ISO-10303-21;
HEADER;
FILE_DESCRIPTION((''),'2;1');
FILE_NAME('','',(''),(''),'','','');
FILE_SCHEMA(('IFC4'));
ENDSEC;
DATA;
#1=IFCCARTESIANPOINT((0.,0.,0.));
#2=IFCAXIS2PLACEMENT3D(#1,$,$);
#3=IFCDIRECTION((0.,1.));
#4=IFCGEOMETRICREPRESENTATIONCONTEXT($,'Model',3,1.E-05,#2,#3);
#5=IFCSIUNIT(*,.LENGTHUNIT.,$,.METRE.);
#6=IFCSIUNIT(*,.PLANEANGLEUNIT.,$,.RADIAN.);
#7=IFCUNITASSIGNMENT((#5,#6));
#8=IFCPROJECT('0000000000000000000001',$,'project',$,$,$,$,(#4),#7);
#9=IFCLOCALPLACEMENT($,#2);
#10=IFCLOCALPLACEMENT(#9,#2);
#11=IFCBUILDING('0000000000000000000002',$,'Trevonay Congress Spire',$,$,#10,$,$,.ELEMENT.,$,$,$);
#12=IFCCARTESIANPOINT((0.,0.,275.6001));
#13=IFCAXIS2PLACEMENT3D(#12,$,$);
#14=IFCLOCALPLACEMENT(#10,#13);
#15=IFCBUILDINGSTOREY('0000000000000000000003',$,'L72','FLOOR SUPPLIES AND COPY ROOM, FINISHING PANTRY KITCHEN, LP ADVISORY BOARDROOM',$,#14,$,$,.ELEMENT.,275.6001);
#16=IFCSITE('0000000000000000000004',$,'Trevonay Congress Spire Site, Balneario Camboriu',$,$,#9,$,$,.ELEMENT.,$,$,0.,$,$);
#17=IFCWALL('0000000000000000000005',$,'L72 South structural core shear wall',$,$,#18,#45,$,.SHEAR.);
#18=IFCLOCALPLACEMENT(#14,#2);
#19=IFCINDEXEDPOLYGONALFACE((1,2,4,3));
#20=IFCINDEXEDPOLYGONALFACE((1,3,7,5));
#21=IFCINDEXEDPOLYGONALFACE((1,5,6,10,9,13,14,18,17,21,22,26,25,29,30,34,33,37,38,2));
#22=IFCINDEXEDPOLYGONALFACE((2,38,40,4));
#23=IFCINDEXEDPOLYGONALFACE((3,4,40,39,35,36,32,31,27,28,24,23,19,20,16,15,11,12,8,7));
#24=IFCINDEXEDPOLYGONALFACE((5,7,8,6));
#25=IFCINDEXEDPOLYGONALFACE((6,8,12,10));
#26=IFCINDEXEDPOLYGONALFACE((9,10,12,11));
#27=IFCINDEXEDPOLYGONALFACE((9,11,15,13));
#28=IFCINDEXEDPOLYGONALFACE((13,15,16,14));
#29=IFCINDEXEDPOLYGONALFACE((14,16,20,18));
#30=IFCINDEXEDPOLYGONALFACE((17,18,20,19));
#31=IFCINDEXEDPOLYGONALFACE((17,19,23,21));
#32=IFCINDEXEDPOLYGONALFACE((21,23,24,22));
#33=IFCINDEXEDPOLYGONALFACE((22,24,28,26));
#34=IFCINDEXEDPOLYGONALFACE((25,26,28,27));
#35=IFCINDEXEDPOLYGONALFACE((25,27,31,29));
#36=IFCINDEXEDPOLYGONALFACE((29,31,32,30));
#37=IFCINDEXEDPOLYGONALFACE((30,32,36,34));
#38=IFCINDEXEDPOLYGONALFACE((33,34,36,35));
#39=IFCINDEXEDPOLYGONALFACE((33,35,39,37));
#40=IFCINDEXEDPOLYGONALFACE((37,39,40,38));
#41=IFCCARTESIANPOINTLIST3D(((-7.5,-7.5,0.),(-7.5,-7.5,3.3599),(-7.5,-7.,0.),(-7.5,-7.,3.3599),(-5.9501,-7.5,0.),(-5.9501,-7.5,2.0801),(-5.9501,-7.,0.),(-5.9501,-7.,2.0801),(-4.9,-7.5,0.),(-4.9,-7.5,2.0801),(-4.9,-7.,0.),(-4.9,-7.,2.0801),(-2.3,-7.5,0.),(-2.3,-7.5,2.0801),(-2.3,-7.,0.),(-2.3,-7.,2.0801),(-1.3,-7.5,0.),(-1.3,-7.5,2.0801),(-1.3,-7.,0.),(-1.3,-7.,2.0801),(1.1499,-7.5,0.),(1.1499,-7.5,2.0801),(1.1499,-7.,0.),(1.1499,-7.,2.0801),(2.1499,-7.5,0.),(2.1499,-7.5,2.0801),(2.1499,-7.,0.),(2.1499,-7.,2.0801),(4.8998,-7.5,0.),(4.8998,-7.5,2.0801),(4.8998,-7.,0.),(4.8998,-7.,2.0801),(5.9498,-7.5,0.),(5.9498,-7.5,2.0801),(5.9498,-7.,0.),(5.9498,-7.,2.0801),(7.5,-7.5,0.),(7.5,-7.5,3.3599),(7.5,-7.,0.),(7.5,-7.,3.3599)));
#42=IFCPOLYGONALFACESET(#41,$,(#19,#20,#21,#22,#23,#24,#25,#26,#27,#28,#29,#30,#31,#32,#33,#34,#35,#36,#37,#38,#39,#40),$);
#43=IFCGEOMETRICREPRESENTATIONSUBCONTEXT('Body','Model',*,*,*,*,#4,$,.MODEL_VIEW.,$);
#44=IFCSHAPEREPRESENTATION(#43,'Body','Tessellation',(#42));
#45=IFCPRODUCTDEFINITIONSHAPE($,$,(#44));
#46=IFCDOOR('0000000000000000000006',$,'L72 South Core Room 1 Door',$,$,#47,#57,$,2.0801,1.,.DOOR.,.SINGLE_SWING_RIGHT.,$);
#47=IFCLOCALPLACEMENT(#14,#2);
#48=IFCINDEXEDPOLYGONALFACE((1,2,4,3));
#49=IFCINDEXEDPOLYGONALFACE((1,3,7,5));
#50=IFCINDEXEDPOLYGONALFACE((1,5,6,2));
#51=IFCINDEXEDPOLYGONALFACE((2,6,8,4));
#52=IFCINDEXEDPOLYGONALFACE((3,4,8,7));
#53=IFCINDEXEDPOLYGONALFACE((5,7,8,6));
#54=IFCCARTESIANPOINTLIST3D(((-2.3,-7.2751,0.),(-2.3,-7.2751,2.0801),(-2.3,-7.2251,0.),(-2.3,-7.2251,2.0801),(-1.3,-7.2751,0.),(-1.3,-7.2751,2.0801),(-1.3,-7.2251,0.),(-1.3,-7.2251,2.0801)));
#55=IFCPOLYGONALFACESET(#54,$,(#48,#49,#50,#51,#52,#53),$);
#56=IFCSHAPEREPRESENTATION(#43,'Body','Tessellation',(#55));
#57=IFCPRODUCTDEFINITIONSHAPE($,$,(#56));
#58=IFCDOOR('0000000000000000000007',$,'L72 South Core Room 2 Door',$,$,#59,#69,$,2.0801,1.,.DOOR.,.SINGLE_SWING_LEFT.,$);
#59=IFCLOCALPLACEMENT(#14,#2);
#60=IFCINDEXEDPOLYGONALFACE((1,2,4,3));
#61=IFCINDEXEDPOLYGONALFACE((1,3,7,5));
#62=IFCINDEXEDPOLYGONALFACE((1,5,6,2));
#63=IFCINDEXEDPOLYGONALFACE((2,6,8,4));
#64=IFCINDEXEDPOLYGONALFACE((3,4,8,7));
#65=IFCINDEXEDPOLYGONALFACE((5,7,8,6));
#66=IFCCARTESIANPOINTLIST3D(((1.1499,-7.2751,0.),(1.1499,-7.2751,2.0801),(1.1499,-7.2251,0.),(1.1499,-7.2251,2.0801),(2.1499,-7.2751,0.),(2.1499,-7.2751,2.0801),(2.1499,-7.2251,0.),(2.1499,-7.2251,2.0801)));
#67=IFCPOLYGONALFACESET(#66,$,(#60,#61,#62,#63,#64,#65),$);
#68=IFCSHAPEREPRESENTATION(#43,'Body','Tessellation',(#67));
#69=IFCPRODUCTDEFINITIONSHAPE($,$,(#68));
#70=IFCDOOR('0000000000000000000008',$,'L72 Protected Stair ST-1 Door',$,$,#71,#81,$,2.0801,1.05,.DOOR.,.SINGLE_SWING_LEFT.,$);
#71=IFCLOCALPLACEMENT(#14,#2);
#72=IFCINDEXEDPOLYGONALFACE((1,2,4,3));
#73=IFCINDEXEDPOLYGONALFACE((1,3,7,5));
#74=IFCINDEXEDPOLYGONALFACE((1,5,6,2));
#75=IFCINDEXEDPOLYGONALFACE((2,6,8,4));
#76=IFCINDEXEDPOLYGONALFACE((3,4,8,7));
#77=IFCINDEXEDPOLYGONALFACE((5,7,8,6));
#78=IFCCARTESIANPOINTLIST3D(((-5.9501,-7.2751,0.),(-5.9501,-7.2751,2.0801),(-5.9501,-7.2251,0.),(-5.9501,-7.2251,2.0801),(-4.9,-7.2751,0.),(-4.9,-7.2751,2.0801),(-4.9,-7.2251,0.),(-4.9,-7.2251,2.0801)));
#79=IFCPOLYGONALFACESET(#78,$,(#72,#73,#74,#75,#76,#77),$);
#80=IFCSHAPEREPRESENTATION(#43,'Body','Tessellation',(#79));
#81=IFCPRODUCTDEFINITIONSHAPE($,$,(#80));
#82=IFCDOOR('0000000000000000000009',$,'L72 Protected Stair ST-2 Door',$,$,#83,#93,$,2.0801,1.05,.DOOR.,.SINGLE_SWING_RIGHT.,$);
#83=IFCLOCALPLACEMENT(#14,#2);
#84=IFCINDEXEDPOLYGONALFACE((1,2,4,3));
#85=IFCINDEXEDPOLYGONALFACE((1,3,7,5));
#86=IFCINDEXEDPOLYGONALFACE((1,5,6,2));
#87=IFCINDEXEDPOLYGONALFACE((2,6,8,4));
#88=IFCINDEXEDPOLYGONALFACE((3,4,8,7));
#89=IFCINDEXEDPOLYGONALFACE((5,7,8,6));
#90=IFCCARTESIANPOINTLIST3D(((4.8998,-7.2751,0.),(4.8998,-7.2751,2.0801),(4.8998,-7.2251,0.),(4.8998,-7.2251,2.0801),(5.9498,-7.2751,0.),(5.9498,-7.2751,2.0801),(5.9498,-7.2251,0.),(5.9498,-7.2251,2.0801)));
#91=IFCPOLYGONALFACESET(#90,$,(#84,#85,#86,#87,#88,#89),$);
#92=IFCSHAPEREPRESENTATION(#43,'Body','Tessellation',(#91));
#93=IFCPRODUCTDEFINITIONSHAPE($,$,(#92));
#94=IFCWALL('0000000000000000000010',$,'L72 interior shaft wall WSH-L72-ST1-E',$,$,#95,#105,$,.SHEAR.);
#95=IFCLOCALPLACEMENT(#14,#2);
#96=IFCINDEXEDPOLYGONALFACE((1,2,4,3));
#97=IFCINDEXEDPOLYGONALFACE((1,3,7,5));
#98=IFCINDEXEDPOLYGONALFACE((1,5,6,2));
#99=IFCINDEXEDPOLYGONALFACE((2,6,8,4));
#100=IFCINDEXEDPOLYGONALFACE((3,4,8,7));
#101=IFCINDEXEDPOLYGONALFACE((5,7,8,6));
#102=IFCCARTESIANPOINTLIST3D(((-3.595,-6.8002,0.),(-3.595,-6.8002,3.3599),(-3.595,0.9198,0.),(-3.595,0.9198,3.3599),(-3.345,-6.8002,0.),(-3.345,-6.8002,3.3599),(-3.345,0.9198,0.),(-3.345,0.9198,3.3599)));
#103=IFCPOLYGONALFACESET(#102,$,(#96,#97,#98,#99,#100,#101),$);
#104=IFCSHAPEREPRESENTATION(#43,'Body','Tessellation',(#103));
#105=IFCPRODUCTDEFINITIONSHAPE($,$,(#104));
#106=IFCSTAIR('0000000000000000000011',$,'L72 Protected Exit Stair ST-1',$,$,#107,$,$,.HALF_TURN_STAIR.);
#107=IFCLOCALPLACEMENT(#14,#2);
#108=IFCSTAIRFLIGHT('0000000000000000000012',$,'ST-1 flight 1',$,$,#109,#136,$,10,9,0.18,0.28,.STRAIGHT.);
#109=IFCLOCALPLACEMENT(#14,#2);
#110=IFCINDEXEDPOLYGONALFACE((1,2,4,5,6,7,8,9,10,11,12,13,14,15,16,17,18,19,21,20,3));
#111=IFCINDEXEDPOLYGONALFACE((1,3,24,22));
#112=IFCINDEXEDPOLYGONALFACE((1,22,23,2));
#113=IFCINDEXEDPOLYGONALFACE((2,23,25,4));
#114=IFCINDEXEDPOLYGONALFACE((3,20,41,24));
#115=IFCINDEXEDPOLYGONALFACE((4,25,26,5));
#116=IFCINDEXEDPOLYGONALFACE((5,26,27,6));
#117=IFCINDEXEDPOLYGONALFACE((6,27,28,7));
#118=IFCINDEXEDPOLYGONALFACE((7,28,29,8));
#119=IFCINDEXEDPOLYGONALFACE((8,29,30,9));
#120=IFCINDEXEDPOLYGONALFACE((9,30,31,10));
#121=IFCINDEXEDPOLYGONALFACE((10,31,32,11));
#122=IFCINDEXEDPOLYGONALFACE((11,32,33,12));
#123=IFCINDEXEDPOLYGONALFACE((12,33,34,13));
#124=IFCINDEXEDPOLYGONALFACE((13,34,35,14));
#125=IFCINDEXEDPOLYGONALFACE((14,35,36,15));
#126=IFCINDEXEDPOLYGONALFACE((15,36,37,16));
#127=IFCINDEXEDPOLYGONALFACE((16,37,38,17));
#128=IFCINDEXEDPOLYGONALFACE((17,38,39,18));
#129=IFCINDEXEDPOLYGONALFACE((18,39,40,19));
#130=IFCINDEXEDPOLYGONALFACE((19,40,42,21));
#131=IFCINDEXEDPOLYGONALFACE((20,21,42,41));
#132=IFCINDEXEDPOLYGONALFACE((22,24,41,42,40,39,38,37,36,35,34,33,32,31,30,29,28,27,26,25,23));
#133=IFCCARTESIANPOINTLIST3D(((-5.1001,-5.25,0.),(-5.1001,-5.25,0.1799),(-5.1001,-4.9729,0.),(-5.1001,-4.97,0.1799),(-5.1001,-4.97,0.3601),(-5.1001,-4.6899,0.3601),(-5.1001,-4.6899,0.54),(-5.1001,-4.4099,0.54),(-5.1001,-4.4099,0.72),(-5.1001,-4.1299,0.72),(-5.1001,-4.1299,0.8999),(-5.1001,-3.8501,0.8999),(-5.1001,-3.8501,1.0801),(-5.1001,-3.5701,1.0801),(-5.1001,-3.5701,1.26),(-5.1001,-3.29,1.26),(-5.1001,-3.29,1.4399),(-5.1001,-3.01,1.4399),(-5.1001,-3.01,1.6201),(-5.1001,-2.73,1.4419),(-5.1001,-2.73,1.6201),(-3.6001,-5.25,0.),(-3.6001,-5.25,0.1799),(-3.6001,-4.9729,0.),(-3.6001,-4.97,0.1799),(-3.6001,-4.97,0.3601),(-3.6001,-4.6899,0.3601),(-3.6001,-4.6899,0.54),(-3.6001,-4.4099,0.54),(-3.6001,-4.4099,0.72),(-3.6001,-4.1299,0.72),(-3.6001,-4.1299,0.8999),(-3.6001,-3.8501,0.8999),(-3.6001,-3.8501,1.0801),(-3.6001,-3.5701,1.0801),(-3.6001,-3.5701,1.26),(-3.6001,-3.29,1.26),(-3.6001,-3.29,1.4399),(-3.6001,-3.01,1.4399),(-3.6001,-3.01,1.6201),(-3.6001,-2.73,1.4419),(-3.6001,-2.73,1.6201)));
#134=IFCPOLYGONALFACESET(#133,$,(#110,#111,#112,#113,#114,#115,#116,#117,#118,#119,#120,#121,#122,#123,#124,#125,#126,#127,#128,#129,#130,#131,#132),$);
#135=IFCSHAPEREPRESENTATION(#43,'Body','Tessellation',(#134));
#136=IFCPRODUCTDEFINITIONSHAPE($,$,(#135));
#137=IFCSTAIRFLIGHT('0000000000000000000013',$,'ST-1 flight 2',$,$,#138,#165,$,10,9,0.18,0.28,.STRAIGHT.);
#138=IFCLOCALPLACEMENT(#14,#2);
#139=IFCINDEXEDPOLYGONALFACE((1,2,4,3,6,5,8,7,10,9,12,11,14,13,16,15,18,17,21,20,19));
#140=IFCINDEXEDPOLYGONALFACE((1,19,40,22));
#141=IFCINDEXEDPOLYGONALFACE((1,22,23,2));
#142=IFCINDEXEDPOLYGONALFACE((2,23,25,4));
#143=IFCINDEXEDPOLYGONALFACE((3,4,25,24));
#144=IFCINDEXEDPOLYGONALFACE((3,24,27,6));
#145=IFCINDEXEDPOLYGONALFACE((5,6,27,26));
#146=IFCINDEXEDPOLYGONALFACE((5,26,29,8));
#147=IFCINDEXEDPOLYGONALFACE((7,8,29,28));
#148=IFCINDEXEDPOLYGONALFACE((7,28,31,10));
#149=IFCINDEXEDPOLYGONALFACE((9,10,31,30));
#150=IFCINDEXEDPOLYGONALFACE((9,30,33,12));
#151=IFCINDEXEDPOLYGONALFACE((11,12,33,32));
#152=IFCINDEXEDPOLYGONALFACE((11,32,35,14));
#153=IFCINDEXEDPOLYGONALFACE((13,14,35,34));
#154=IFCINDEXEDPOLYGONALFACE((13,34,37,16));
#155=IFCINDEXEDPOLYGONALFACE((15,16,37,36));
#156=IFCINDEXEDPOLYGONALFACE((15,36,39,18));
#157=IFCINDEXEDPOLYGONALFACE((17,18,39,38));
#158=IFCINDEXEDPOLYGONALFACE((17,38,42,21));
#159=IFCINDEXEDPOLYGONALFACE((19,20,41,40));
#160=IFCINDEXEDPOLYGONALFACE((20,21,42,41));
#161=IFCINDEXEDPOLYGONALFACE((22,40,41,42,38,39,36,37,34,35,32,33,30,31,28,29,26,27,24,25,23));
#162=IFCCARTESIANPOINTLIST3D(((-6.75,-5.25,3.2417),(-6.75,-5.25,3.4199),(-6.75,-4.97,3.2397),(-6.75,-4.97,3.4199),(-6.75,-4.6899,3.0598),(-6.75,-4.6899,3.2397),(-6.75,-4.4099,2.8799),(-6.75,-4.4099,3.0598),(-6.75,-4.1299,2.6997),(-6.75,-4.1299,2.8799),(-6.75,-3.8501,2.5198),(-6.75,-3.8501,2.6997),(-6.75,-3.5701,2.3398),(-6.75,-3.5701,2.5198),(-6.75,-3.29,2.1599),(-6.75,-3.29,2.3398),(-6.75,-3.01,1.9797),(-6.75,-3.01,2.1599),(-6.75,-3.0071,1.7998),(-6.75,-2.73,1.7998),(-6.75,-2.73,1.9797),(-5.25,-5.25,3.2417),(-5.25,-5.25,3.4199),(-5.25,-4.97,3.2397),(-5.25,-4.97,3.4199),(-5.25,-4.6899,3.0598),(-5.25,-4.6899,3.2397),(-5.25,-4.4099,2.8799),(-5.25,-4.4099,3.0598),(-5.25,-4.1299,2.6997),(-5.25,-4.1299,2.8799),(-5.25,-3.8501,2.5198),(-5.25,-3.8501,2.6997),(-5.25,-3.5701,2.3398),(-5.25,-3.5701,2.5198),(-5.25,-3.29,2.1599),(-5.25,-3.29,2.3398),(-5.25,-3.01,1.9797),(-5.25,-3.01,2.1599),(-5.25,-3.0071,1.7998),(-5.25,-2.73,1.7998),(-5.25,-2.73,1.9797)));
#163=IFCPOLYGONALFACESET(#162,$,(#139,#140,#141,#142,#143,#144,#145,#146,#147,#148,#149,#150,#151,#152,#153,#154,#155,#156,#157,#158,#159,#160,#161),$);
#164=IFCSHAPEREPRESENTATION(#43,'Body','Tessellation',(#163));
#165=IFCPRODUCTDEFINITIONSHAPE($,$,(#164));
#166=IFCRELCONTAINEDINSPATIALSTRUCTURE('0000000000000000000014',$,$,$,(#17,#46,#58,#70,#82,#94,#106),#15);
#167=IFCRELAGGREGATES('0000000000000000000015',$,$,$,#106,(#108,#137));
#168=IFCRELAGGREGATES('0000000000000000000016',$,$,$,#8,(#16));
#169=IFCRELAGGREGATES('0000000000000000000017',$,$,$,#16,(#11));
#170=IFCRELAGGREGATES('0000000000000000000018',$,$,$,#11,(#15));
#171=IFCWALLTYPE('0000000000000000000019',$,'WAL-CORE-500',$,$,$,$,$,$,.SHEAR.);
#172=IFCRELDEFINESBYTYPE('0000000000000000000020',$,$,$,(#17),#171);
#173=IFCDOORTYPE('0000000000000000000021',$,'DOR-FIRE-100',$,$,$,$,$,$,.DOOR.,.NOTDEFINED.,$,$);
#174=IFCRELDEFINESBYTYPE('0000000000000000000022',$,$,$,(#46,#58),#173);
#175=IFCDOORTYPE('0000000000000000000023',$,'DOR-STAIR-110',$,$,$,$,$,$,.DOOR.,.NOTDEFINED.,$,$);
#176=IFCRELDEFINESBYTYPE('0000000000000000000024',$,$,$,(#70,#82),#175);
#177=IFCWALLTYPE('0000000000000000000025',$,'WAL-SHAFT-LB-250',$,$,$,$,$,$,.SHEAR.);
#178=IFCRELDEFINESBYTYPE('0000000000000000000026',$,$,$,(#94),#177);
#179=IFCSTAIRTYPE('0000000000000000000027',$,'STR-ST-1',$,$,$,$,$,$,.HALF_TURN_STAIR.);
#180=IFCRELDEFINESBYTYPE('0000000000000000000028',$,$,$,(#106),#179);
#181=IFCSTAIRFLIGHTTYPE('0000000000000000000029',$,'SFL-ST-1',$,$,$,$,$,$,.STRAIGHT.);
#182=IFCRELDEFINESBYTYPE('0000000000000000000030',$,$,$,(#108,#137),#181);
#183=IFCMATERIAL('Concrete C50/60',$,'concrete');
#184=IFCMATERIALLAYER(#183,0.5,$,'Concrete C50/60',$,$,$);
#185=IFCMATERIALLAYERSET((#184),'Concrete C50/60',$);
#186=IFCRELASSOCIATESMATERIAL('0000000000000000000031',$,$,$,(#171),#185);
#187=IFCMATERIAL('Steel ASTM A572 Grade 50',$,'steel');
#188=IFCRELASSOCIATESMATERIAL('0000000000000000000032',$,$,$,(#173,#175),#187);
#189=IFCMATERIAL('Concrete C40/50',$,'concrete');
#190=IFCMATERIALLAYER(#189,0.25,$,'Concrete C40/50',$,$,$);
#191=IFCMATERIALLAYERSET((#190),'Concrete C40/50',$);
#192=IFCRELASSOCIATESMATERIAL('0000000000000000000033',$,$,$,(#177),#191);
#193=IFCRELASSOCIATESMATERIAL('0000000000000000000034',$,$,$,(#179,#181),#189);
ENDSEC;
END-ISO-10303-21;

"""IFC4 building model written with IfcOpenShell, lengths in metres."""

from ifc_helpers import new_model, si_unit, direction, frame, frame_2d, origin, place, context, subcontext, project, spatial, polyline, rectangle, outline, extrude, material, layer, layer_set, type_object, element, fill, aggregate, save


model = new_model("IFC4")

# Units and contexts
model_context = context("Model", 3, precision=1e-05, world=origin(), true_north=direction((0.0, 1.0)))
body_context = subcontext(model_context, "Body", "Model", "MODEL_VIEW")
ifc_project = project(units=[si_unit("LENGTHUNIT", "METRE"), si_unit("PLANEANGLEUNIT", "RADIAN")], contexts=[model_context])

# Site, building, storey
site_placement = place(None, origin())
site = spatial("IfcSite", under=ifc_project, at=site_placement, Name="Trevonay Congress Spire Site, Balneario Camboriu", CompositionType="ELEMENT", RefElevation=0.0)
building_placement = place(site_placement, origin())
building = spatial("IfcBuilding", under=site, at=building_placement, Name="Trevonay Congress Spire", CompositionType="ELEMENT")
storey_placement = place(building_placement, frame((0.0, 0.0, 275.6001)))
storey = spatial("IfcBuildingStorey", under=building, at=storey_placement, Name="L72", Description="FLOOR SUPPLIES AND COPY ROOM, FINISHING PANTRY KITCHEN, LP ADVISORY BOARDROOM", CompositionType="ELEMENT", Elevation=275.6001)

# Shared definitions
ifc_material_1 = material(Name="Steel ASTM A572 Grade 50", Category="steel")

# Shared definitions
ifc_material_2 = material(Name="Concrete C40/50", Category="concrete")

# Wall, openings, doors
ifc_material_3 = material(Name="Concrete C50/60", Category="concrete")
ifc_layer_1 = layer(ifc_material_3, 0.5, Name="Concrete C50/60")
ifc_layer_set_1 = layer_set([ifc_layer_1], Name="Concrete C50/60")
wall_type_1 = type_object("IfcWallType", Name="WAL-CORE-500", PredefinedType="SHEAR", material=ifc_layer_set_1)
wall_1_placement = place(storey_placement, frame((-7.5, -7.25, 0.0), z_axis=(0.0, 0.0, 1.0), x_axis=(1.0, 0.0, 0.0)))
wall_1 = element("IfcWall", 1, at=wall_1_placement, inside=storey, type_object=wall_type_1, Name="L72 South structural core shear wall", PredefinedType="SHEAR", context=body_context, shape_type="SweptSolid", body=[
    extrude(rectangle(XDim=15.0, YDim=0.5, at=frame_2d((7.5, 0.0))), origin(), (0.0, 0.0, 1.0), 3.3599),
])
opening_1_placement = place(wall_1_placement, frame((1.55, 0.0, 0.0)))
opening_1 = element("IfcOpeningElement", 2, at=opening_1_placement, cuts=wall_1, PredefinedType="OPENING", context=body_context, shape_type="SweptSolid", body=[
    extrude(rectangle(XDim=1.05, YDim=2.0801, at=frame_2d((0.5249, 1.04))), frame((0.0, 0.26, 0.0), z_axis=(0.0, -1.0, 0.0), x_axis=(1.0, 0.0, 0.0)), (0.0, 0.0, 1.0), 0.52),
])
opening_2_placement = place(wall_1_placement, frame((12.3999, 0.0, 0.0)))
opening_2 = element("IfcOpeningElement", 3, at=opening_2_placement, cuts=wall_1, PredefinedType="OPENING", context=body_context, shape_type="SweptSolid", body=[
    extrude(rectangle(XDim=1.05, YDim=2.0801, at=frame_2d((0.5249, 1.04))), frame((0.0, 0.26, 0.0), z_axis=(0.0, -1.0, 0.0), x_axis=(1.0, 0.0, 0.0)), (0.0, 0.0, 1.0), 0.52),
])
opening_3_placement = place(wall_1_placement, frame((5.2, 0.0, 0.0)))
opening_3 = element("IfcOpeningElement", 4, at=opening_3_placement, cuts=wall_1, PredefinedType="OPENING", context=body_context, shape_type="SweptSolid", body=[
    extrude(rectangle(XDim=1.0, YDim=2.0801, at=frame_2d((0.5, 1.04))), frame((0.0, 0.26, 0.0), z_axis=(0.0, -1.0, 0.0), x_axis=(1.0, 0.0, 0.0)), (0.0, 0.0, 1.0), 0.52),
])
opening_4_placement = place(wall_1_placement, frame((8.6499, 0.0, 0.0)))
opening_4 = element("IfcOpeningElement", 5, at=opening_4_placement, cuts=wall_1, PredefinedType="OPENING", context=body_context, shape_type="SweptSolid", body=[
    extrude(rectangle(XDim=1.0, YDim=2.0801, at=frame_2d((0.5, 1.04))), frame((0.0, 0.26, 0.0), z_axis=(0.0, -1.0, 0.0), x_axis=(1.0, 0.0, 0.0)), (0.0, 0.0, 1.0), 0.52),
])
door_type_1 = type_object("IfcDoorType", Name="DOR-FIRE-100", OperationType="NOTDEFINED", PredefinedType="DOOR", material=ifc_material_1)
door_1_placement = place(opening_3_placement, origin())
door_1 = element("IfcDoor", 6, at=door_1_placement, inside=storey, type_object=door_type_1, Name="L72 South Core Room 1 Door", OperationType="SINGLE_SWING_RIGHT", OverallHeight=2.0801, OverallWidth=1.0, PredefinedType="DOOR", context=body_context, shape_type="SweptSolid", body=[
    extrude(rectangle(XDim=1.0, YDim=2.0801, at=frame_2d((0.5, 1.04))), frame((0.0, 0.0249, 0.0), z_axis=(0.0, -1.0, 0.0), x_axis=(1.0, 0.0, 0.0)), (0.0, 0.0, 1.0), 0.05),
])
fill(opening_3, door_1)
door_2_placement = place(opening_4_placement, origin())
door_2 = element("IfcDoor", 7, at=door_2_placement, inside=storey, type_object=door_type_1, Name="L72 South Core Room 2 Door", OperationType="SINGLE_SWING_LEFT", OverallHeight=2.0801, OverallWidth=1.0, PredefinedType="DOOR", context=body_context, shape_type="SweptSolid", body=[
    extrude(rectangle(XDim=1.0, YDim=2.0801, at=frame_2d((0.5, 1.04))), frame((0.0, 0.0249, 0.0), z_axis=(0.0, -1.0, 0.0), x_axis=(1.0, 0.0, 0.0)), (0.0, 0.0, 1.0), 0.05),
])
fill(opening_4, door_2)
door_type_2 = type_object("IfcDoorType", Name="DOR-STAIR-110", OperationType="NOTDEFINED", PredefinedType="DOOR", material=ifc_material_1)
door_3_placement = place(opening_1_placement, origin())
door_3 = element("IfcDoor", 8, at=door_3_placement, inside=storey, type_object=door_type_2, Name="L72 Protected Stair ST-1 Door", OperationType="SINGLE_SWING_LEFT", OverallHeight=2.0801, OverallWidth=1.05, PredefinedType="DOOR", context=body_context, shape_type="SweptSolid", body=[
    extrude(rectangle(XDim=1.05, YDim=2.0801, at=frame_2d((0.5249, 1.04))), frame((0.0, 0.0249, 0.0), z_axis=(0.0, -1.0, 0.0), x_axis=(1.0, 0.0, 0.0)), (0.0, 0.0, 1.0), 0.05),
])
fill(opening_1, door_3)
door_4_placement = place(opening_2_placement, origin())
door_4 = element("IfcDoor", 9, at=door_4_placement, inside=storey, type_object=door_type_2, Name="L72 Protected Stair ST-2 Door", OperationType="SINGLE_SWING_RIGHT", OverallHeight=2.0801, OverallWidth=1.05, PredefinedType="DOOR", context=body_context, shape_type="SweptSolid", body=[
    extrude(rectangle(XDim=1.05, YDim=2.0801, at=frame_2d((0.5249, 1.04))), frame((0.0, 0.0249, 0.0), z_axis=(0.0, -1.0, 0.0), x_axis=(1.0, 0.0, 0.0)), (0.0, 0.0, 1.0), 0.05),
])
fill(opening_2, door_4)

# Wall
ifc_layer_2 = layer(ifc_material_2, 0.25, Name="Concrete C40/50")
ifc_layer_set_2 = layer_set([ifc_layer_2], Name="Concrete C40/50")
wall_type_2 = type_object("IfcWallType", Name="WAL-SHAFT-LB-250", PredefinedType="SHEAR", material=ifc_layer_set_2)
wall_2_placement = place(storey_placement, frame((-3.47, -6.8, 0.0), z_axis=(0.0, 0.0, 1.0), x_axis=(0.0, 1.0, 0.0)))
element("IfcWall", 10, at=wall_2_placement, inside=storey, type_object=wall_type_2, Name="L72 interior shaft wall WSH-L72-ST1-E", PredefinedType="SHEAR", context=body_context, shape_type="SweptSolid", body=[
    extrude(rectangle(XDim=7.72, YDim=0.25, at=frame_2d((3.8599, 0.0))), origin(), (0.0, 0.0, 1.0), 3.3599),
])

# Stair, stair flights
stair_type = type_object("IfcStairType", Name="STR-ST-1", PredefinedType="HALF_TURN_STAIR", material=ifc_material_2)
stair_placement = place(storey_placement, origin())
stair = element("IfcStair", 11, at=stair_placement, inside=storey, type_object=stair_type, Name="L72 Protected Exit Stair ST-1", PredefinedType="HALF_TURN_STAIR")
stair_flight_type = type_object("IfcStairFlightType", Name="SFL-ST-1", PredefinedType="STRAIGHT", material=ifc_material_2)
stair_flight_1_placement = place(storey_placement, frame((-4.3501, -5.25, 0.0), z_axis=(0.0, 0.0, 1.0), x_axis=(0.0, 1.0, 0.0)))
stair_flight_1 = element("IfcStairFlight", 12, at=stair_flight_1_placement, type_object=stair_flight_type, Name="ST-1 flight 1", NumberOfRisers=10, NumberOfTreads=9, PredefinedType="STRAIGHT", RiserHeight=0.18, TreadLength=0.28, context=body_context, shape_type="SweptSolid", body=[
    extrude(outline(polyline([(0.0, 0.0), (0.0, 0.1799), (0.28, 0.1799), (0.28, 0.3601), (0.5601, 0.3601), (0.5601, 0.54), (0.8401, 0.54), (0.8401, 0.72), (1.1201, 0.72), (1.1201, 0.8999), (1.3999, 0.8999), (1.3999, 1.0801), (1.6799, 1.0801), (1.6799, 1.26), (1.96, 1.26), (1.96, 1.4399), (2.24, 1.4399), (2.24, 1.6201), (2.52, 1.6201), (2.52, 1.8), (2.52, 1.4419), (0.2771, 0.0), (0.0, 0.0)])), frame((0.0, 0.75, 0.0), z_axis=(0.0, -1.0, 0.0), x_axis=(1.0, 0.0, 0.0)), (0.0, 0.0, 1.0), 1.5),
])
stair_flight_2_placement = place(storey_placement, frame((-6.0, -2.73, 1.7998), z_axis=(0.0, 0.0, 1.0), x_axis=(0.0, -1.0, 0.0)))
stair_flight_2 = element("IfcStairFlight", 13, at=stair_flight_2_placement, type_object=stair_flight_type, Name="ST-1 flight 2", NumberOfRisers=10, NumberOfTreads=9, PredefinedType="STRAIGHT", RiserHeight=0.18, TreadLength=0.28, context=body_context, shape_type="SweptSolid", body=[
    extrude(outline(polyline([(0.0, 0.0), (0.0, 0.1799), (0.28, 0.1799), (0.28, 0.3601), (0.5601, 0.3601), (0.5601, 0.54), (0.8401, 0.54), (0.8401, 0.72), (1.1201, 0.72), (1.1201, 0.8999), (1.3999, 0.8999), (1.3999, 1.0801), (1.6799, 1.0801), (1.6799, 1.26), (1.96, 1.26), (1.96, 1.4399), (2.24, 1.4399), (2.24, 1.6201), (2.52, 1.6201), (2.52, 1.8), (2.52, 1.4419), (0.2771, 0.0), (0.0, 0.0)])), frame((0.0, 0.75, 0.0), z_axis=(0.0, -1.0, 0.0), x_axis=(1.0, 0.0, 0.0)), (0.0, 0.0, 1.0), 1.5),
])
aggregate(stair, [stair_flight_1, stair_flight_2])

save(model, "model.ifc")
